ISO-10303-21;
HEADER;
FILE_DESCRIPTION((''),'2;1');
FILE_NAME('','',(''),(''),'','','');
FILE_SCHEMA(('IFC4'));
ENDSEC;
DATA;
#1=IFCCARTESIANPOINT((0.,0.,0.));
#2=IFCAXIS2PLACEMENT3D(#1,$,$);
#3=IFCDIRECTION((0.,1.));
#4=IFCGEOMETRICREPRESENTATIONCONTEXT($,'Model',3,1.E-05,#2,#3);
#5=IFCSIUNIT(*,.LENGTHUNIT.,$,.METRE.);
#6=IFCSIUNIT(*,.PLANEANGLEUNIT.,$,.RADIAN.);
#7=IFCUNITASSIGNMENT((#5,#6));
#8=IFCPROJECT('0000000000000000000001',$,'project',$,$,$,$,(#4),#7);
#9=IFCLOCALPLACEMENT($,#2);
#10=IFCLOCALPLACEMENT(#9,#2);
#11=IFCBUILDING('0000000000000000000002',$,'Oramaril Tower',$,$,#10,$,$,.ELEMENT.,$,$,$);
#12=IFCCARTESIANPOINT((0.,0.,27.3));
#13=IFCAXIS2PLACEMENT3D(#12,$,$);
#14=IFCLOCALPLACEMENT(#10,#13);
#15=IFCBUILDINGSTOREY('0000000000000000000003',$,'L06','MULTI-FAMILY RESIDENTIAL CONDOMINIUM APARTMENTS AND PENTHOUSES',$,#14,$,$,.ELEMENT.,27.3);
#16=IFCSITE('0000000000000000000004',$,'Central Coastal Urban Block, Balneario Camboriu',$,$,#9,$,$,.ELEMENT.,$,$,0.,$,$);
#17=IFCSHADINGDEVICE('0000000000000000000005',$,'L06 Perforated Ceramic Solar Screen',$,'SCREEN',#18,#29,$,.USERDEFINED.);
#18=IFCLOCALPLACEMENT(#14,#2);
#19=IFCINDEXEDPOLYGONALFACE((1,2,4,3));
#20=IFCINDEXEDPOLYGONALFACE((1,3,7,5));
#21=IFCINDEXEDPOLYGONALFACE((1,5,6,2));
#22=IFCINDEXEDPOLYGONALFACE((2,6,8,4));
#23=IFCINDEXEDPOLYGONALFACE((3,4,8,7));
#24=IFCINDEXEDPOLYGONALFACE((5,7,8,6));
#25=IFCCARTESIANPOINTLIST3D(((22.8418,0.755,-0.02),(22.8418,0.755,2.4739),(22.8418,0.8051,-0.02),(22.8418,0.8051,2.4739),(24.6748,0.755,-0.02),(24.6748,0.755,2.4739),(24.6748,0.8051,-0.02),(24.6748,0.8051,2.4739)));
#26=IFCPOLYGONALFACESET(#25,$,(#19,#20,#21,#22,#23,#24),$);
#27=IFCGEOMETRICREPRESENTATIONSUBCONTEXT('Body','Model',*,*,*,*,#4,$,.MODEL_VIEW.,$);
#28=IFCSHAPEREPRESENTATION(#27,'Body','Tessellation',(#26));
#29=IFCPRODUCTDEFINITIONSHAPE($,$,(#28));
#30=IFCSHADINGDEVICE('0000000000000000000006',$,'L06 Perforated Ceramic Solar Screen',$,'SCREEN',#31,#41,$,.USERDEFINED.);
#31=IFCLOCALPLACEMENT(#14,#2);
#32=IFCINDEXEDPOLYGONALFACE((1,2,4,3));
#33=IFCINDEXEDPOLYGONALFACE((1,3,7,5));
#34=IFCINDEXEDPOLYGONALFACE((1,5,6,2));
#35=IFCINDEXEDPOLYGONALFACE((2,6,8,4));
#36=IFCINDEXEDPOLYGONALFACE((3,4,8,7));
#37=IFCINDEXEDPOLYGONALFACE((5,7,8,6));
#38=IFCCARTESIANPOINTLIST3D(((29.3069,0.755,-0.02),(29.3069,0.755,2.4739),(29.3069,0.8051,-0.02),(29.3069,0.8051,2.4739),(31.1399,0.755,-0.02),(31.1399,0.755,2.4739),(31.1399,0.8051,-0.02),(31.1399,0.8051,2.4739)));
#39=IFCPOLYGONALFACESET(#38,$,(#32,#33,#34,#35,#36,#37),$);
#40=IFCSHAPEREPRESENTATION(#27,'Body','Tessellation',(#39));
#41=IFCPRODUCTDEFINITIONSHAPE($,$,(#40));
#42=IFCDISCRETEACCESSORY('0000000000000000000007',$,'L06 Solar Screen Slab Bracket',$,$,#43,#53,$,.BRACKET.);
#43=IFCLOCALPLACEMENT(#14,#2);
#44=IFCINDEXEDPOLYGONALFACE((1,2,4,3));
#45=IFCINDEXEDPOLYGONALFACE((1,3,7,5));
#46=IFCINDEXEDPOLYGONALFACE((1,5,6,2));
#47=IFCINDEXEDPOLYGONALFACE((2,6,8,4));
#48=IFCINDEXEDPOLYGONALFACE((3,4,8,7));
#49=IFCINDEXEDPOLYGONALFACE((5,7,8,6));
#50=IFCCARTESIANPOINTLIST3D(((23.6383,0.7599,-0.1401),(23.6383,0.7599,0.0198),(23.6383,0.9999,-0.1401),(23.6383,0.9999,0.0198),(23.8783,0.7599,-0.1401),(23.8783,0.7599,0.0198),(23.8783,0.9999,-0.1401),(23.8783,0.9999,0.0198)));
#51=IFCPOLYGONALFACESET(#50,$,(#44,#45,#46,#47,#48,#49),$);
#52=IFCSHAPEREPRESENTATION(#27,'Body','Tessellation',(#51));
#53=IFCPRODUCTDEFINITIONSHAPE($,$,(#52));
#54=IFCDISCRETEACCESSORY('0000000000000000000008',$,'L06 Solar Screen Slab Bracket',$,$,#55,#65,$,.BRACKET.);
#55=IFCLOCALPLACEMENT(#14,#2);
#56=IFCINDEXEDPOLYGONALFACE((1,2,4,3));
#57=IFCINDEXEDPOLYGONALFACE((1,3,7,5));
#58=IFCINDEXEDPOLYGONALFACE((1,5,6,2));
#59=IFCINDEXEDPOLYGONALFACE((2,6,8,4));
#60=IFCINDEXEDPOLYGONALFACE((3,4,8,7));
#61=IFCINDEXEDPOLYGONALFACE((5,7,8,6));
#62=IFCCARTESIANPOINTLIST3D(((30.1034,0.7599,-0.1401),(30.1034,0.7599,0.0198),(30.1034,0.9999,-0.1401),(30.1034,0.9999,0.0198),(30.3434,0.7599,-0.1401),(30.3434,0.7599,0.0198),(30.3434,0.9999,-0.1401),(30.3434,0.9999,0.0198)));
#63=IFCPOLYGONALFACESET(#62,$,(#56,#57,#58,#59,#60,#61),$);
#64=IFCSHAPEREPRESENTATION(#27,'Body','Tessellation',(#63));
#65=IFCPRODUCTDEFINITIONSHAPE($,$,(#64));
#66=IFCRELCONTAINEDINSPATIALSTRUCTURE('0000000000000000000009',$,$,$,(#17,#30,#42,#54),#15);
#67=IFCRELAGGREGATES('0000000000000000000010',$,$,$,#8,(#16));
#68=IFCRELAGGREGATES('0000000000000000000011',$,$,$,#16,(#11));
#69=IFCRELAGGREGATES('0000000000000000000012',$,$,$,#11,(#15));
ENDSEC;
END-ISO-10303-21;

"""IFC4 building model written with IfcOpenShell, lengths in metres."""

from ifc_helpers import new_model, si_unit, direction, frame, origin, origin_2d, place, context, subcontext, project, spatial, rectangle, extrude, element, save


model = new_model("IFC4")

# Units and contexts
model_context = context("Model", 3, precision=1e-05, world=origin(), true_north=direction((0.0, 1.0)))
body_context = subcontext(model_context, "Body", "Model", "MODEL_VIEW")
ifc_project = project(units=[si_unit("LENGTHUNIT", "METRE"), si_unit("PLANEANGLEUNIT", "RADIAN")], contexts=[model_context])

# Site, building, storey
site_placement = place(None, origin())
site = spatial("IfcSite", under=ifc_project, at=site_placement, Name="Central Coastal Urban Block, Balneario Camboriu", CompositionType="ELEMENT", RefElevation=0.0)
building_placement = place(site_placement, origin())
building = spatial("IfcBuilding", under=site, at=building_placement, Name="Oramaril Tower", CompositionType="ELEMENT")
storey_placement = place(building_placement, frame((0.0, 0.0, 27.3)))
storey = spatial("IfcBuildingStorey", under=building, at=storey_placement, Name="L06", Description="MULTI-FAMILY RESIDENTIAL CONDOMINIUM APARTMENTS AND PENTHOUSES", CompositionType="ELEMENT", Elevation=27.3)

# Shading devices
for number, where, z_axis, x_axis, name in (
    (1, (23.7583, 0.78, -0.02), (0.0, 0.0, 1.0), (1.0, 0.0, 0.0), "L06 Perforated Ceramic Solar Screen"),
    (2, (30.2234, 0.78, -0.02), (0.0, 0.0, 1.0), (1.0, 0.0, 0.0), "L06 Perforated Ceramic Solar Screen"),
):
    element("IfcShadingDevice", number, at=place(storey_placement, frame(where, z_axis=z_axis, x_axis=x_axis)), inside=storey, Name=name, ObjectType="SCREEN", PredefinedType="USERDEFINED", context=body_context, shape_type="SweptSolid", body=[
        extrude(rectangle(XDim=1.833, YDim=0.05, at=origin_2d()), origin(), (0.0, 0.0, 1.0), 2.4939),
    ])

# Discrete accessories
for number, where, z_axis, x_axis, name in (
    (3, (23.7583, 0.8799, -0.1401), (0.0, 0.0, 1.0), (1.0, 0.0, 0.0), "L06 Solar Screen Slab Bracket"),
    (4, (30.2234, 0.8799, -0.1401), (0.0, 0.0, 1.0), (1.0, 0.0, 0.0), "L06 Solar Screen Slab Bracket"),
):
    element("IfcDiscreteAccessory", number, at=place(storey_placement, frame(where, z_axis=z_axis, x_axis=x_axis)), inside=storey, Name=name, PredefinedType="BRACKET", context=body_context, shape_type="SweptSolid", body=[
        extrude(rectangle(XDim=0.24, YDim=0.24, at=origin_2d()), origin(), (0.0, 0.0, 1.0), 0.1599),
    ])

save(model, "model.ifc")
